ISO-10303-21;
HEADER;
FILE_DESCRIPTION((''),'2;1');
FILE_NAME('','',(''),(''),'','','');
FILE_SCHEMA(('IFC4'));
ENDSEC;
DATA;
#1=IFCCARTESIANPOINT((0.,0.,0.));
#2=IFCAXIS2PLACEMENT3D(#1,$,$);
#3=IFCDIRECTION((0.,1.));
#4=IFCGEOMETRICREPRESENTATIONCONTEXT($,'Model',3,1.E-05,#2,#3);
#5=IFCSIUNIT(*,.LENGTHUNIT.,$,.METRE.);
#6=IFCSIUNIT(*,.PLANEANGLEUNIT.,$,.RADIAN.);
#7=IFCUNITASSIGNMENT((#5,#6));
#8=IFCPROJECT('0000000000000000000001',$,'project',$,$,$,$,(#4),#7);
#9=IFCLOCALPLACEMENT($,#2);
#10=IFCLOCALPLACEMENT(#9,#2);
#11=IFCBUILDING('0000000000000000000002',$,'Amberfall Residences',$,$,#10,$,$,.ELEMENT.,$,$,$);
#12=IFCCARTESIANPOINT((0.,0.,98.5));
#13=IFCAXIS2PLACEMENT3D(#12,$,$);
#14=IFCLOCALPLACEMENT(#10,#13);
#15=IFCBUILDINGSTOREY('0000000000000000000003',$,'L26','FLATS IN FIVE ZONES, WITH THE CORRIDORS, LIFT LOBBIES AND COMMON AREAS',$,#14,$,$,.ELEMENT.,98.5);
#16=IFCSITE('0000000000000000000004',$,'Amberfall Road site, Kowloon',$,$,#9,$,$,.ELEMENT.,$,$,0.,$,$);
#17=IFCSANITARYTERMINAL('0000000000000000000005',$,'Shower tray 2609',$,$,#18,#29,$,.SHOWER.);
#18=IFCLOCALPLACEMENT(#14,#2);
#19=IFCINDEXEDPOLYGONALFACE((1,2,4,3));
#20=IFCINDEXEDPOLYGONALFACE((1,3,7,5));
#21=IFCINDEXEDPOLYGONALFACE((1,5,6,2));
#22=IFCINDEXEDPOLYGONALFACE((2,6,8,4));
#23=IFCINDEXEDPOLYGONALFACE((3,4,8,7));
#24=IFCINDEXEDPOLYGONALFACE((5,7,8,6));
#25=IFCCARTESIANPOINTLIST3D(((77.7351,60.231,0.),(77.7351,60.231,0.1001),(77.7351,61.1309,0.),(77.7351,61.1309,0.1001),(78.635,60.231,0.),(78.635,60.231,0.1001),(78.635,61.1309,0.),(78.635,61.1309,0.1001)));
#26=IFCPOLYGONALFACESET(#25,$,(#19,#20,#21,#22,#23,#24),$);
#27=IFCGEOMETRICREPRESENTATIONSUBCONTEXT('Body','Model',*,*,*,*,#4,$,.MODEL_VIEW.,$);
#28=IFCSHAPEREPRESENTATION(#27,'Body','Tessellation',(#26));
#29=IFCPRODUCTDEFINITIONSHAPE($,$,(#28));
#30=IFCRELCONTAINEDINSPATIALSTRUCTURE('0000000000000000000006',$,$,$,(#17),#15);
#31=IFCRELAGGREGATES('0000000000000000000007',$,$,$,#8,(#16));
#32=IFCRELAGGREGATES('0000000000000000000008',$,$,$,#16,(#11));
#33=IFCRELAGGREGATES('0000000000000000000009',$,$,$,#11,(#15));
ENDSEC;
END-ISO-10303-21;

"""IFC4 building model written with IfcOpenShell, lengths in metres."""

from ifc_helpers import new_model, si_unit, direction, frame, origin, origin_2d, place, context, subcontext, project, spatial, rectangle, extrude, element, save


model = new_model("IFC4")

# Units and contexts
model_context = context("Model", 3, precision=1e-05, world=origin(), true_north=direction((0.0, 1.0)))
body_context = subcontext(model_context, "Body", "Model", "MODEL_VIEW")
ifc_project = project(units=[si_unit("LENGTHUNIT", "METRE"), si_unit("PLANEANGLEUNIT", "RADIAN")], contexts=[model_context])

# Site, building, storey
site_placement = place(None, origin())
site = spatial("IfcSite", under=ifc_project, at=site_placement, Name="Amberfall Road site, Kowloon", CompositionType="ELEMENT", RefElevation=0.0)
building_placement = place(site_placement, origin())
building = spatial("IfcBuilding", under=site, at=building_placement, Name="Amberfall Residences", CompositionType="ELEMENT")
storey_placement = place(building_placement, frame((0.0, 0.0, 98.5)))
storey = spatial("IfcBuildingStorey", under=building, at=storey_placement, Name="L26", Description="FLATS IN FIVE ZONES, WITH THE CORRIDORS, LIFT LOBBIES AND COMMON AREAS", CompositionType="ELEMENT", Elevation=98.5)

# Sanitary terminal
for number, where, z_axis, x_axis, name in (
    (1, (78.1851, 60.6809, 0.0), (0.0, 0.0, 1.0), (1.0, 0.0, 0.0), "Shower tray 2609"),
):
    element("IfcSanitaryTerminal", number, at=place(storey_placement, frame(where, z_axis=z_axis, x_axis=x_axis)), inside=storey, Name=name, PredefinedType="SHOWER", context=body_context, shape_type="SweptSolid", body=[
        extrude(rectangle(XDim=0.8999, YDim=0.8999, at=origin_2d()), origin(), (0.0, 0.0, 1.0), 0.1001),
    ])

save(model, "model.ifc")
